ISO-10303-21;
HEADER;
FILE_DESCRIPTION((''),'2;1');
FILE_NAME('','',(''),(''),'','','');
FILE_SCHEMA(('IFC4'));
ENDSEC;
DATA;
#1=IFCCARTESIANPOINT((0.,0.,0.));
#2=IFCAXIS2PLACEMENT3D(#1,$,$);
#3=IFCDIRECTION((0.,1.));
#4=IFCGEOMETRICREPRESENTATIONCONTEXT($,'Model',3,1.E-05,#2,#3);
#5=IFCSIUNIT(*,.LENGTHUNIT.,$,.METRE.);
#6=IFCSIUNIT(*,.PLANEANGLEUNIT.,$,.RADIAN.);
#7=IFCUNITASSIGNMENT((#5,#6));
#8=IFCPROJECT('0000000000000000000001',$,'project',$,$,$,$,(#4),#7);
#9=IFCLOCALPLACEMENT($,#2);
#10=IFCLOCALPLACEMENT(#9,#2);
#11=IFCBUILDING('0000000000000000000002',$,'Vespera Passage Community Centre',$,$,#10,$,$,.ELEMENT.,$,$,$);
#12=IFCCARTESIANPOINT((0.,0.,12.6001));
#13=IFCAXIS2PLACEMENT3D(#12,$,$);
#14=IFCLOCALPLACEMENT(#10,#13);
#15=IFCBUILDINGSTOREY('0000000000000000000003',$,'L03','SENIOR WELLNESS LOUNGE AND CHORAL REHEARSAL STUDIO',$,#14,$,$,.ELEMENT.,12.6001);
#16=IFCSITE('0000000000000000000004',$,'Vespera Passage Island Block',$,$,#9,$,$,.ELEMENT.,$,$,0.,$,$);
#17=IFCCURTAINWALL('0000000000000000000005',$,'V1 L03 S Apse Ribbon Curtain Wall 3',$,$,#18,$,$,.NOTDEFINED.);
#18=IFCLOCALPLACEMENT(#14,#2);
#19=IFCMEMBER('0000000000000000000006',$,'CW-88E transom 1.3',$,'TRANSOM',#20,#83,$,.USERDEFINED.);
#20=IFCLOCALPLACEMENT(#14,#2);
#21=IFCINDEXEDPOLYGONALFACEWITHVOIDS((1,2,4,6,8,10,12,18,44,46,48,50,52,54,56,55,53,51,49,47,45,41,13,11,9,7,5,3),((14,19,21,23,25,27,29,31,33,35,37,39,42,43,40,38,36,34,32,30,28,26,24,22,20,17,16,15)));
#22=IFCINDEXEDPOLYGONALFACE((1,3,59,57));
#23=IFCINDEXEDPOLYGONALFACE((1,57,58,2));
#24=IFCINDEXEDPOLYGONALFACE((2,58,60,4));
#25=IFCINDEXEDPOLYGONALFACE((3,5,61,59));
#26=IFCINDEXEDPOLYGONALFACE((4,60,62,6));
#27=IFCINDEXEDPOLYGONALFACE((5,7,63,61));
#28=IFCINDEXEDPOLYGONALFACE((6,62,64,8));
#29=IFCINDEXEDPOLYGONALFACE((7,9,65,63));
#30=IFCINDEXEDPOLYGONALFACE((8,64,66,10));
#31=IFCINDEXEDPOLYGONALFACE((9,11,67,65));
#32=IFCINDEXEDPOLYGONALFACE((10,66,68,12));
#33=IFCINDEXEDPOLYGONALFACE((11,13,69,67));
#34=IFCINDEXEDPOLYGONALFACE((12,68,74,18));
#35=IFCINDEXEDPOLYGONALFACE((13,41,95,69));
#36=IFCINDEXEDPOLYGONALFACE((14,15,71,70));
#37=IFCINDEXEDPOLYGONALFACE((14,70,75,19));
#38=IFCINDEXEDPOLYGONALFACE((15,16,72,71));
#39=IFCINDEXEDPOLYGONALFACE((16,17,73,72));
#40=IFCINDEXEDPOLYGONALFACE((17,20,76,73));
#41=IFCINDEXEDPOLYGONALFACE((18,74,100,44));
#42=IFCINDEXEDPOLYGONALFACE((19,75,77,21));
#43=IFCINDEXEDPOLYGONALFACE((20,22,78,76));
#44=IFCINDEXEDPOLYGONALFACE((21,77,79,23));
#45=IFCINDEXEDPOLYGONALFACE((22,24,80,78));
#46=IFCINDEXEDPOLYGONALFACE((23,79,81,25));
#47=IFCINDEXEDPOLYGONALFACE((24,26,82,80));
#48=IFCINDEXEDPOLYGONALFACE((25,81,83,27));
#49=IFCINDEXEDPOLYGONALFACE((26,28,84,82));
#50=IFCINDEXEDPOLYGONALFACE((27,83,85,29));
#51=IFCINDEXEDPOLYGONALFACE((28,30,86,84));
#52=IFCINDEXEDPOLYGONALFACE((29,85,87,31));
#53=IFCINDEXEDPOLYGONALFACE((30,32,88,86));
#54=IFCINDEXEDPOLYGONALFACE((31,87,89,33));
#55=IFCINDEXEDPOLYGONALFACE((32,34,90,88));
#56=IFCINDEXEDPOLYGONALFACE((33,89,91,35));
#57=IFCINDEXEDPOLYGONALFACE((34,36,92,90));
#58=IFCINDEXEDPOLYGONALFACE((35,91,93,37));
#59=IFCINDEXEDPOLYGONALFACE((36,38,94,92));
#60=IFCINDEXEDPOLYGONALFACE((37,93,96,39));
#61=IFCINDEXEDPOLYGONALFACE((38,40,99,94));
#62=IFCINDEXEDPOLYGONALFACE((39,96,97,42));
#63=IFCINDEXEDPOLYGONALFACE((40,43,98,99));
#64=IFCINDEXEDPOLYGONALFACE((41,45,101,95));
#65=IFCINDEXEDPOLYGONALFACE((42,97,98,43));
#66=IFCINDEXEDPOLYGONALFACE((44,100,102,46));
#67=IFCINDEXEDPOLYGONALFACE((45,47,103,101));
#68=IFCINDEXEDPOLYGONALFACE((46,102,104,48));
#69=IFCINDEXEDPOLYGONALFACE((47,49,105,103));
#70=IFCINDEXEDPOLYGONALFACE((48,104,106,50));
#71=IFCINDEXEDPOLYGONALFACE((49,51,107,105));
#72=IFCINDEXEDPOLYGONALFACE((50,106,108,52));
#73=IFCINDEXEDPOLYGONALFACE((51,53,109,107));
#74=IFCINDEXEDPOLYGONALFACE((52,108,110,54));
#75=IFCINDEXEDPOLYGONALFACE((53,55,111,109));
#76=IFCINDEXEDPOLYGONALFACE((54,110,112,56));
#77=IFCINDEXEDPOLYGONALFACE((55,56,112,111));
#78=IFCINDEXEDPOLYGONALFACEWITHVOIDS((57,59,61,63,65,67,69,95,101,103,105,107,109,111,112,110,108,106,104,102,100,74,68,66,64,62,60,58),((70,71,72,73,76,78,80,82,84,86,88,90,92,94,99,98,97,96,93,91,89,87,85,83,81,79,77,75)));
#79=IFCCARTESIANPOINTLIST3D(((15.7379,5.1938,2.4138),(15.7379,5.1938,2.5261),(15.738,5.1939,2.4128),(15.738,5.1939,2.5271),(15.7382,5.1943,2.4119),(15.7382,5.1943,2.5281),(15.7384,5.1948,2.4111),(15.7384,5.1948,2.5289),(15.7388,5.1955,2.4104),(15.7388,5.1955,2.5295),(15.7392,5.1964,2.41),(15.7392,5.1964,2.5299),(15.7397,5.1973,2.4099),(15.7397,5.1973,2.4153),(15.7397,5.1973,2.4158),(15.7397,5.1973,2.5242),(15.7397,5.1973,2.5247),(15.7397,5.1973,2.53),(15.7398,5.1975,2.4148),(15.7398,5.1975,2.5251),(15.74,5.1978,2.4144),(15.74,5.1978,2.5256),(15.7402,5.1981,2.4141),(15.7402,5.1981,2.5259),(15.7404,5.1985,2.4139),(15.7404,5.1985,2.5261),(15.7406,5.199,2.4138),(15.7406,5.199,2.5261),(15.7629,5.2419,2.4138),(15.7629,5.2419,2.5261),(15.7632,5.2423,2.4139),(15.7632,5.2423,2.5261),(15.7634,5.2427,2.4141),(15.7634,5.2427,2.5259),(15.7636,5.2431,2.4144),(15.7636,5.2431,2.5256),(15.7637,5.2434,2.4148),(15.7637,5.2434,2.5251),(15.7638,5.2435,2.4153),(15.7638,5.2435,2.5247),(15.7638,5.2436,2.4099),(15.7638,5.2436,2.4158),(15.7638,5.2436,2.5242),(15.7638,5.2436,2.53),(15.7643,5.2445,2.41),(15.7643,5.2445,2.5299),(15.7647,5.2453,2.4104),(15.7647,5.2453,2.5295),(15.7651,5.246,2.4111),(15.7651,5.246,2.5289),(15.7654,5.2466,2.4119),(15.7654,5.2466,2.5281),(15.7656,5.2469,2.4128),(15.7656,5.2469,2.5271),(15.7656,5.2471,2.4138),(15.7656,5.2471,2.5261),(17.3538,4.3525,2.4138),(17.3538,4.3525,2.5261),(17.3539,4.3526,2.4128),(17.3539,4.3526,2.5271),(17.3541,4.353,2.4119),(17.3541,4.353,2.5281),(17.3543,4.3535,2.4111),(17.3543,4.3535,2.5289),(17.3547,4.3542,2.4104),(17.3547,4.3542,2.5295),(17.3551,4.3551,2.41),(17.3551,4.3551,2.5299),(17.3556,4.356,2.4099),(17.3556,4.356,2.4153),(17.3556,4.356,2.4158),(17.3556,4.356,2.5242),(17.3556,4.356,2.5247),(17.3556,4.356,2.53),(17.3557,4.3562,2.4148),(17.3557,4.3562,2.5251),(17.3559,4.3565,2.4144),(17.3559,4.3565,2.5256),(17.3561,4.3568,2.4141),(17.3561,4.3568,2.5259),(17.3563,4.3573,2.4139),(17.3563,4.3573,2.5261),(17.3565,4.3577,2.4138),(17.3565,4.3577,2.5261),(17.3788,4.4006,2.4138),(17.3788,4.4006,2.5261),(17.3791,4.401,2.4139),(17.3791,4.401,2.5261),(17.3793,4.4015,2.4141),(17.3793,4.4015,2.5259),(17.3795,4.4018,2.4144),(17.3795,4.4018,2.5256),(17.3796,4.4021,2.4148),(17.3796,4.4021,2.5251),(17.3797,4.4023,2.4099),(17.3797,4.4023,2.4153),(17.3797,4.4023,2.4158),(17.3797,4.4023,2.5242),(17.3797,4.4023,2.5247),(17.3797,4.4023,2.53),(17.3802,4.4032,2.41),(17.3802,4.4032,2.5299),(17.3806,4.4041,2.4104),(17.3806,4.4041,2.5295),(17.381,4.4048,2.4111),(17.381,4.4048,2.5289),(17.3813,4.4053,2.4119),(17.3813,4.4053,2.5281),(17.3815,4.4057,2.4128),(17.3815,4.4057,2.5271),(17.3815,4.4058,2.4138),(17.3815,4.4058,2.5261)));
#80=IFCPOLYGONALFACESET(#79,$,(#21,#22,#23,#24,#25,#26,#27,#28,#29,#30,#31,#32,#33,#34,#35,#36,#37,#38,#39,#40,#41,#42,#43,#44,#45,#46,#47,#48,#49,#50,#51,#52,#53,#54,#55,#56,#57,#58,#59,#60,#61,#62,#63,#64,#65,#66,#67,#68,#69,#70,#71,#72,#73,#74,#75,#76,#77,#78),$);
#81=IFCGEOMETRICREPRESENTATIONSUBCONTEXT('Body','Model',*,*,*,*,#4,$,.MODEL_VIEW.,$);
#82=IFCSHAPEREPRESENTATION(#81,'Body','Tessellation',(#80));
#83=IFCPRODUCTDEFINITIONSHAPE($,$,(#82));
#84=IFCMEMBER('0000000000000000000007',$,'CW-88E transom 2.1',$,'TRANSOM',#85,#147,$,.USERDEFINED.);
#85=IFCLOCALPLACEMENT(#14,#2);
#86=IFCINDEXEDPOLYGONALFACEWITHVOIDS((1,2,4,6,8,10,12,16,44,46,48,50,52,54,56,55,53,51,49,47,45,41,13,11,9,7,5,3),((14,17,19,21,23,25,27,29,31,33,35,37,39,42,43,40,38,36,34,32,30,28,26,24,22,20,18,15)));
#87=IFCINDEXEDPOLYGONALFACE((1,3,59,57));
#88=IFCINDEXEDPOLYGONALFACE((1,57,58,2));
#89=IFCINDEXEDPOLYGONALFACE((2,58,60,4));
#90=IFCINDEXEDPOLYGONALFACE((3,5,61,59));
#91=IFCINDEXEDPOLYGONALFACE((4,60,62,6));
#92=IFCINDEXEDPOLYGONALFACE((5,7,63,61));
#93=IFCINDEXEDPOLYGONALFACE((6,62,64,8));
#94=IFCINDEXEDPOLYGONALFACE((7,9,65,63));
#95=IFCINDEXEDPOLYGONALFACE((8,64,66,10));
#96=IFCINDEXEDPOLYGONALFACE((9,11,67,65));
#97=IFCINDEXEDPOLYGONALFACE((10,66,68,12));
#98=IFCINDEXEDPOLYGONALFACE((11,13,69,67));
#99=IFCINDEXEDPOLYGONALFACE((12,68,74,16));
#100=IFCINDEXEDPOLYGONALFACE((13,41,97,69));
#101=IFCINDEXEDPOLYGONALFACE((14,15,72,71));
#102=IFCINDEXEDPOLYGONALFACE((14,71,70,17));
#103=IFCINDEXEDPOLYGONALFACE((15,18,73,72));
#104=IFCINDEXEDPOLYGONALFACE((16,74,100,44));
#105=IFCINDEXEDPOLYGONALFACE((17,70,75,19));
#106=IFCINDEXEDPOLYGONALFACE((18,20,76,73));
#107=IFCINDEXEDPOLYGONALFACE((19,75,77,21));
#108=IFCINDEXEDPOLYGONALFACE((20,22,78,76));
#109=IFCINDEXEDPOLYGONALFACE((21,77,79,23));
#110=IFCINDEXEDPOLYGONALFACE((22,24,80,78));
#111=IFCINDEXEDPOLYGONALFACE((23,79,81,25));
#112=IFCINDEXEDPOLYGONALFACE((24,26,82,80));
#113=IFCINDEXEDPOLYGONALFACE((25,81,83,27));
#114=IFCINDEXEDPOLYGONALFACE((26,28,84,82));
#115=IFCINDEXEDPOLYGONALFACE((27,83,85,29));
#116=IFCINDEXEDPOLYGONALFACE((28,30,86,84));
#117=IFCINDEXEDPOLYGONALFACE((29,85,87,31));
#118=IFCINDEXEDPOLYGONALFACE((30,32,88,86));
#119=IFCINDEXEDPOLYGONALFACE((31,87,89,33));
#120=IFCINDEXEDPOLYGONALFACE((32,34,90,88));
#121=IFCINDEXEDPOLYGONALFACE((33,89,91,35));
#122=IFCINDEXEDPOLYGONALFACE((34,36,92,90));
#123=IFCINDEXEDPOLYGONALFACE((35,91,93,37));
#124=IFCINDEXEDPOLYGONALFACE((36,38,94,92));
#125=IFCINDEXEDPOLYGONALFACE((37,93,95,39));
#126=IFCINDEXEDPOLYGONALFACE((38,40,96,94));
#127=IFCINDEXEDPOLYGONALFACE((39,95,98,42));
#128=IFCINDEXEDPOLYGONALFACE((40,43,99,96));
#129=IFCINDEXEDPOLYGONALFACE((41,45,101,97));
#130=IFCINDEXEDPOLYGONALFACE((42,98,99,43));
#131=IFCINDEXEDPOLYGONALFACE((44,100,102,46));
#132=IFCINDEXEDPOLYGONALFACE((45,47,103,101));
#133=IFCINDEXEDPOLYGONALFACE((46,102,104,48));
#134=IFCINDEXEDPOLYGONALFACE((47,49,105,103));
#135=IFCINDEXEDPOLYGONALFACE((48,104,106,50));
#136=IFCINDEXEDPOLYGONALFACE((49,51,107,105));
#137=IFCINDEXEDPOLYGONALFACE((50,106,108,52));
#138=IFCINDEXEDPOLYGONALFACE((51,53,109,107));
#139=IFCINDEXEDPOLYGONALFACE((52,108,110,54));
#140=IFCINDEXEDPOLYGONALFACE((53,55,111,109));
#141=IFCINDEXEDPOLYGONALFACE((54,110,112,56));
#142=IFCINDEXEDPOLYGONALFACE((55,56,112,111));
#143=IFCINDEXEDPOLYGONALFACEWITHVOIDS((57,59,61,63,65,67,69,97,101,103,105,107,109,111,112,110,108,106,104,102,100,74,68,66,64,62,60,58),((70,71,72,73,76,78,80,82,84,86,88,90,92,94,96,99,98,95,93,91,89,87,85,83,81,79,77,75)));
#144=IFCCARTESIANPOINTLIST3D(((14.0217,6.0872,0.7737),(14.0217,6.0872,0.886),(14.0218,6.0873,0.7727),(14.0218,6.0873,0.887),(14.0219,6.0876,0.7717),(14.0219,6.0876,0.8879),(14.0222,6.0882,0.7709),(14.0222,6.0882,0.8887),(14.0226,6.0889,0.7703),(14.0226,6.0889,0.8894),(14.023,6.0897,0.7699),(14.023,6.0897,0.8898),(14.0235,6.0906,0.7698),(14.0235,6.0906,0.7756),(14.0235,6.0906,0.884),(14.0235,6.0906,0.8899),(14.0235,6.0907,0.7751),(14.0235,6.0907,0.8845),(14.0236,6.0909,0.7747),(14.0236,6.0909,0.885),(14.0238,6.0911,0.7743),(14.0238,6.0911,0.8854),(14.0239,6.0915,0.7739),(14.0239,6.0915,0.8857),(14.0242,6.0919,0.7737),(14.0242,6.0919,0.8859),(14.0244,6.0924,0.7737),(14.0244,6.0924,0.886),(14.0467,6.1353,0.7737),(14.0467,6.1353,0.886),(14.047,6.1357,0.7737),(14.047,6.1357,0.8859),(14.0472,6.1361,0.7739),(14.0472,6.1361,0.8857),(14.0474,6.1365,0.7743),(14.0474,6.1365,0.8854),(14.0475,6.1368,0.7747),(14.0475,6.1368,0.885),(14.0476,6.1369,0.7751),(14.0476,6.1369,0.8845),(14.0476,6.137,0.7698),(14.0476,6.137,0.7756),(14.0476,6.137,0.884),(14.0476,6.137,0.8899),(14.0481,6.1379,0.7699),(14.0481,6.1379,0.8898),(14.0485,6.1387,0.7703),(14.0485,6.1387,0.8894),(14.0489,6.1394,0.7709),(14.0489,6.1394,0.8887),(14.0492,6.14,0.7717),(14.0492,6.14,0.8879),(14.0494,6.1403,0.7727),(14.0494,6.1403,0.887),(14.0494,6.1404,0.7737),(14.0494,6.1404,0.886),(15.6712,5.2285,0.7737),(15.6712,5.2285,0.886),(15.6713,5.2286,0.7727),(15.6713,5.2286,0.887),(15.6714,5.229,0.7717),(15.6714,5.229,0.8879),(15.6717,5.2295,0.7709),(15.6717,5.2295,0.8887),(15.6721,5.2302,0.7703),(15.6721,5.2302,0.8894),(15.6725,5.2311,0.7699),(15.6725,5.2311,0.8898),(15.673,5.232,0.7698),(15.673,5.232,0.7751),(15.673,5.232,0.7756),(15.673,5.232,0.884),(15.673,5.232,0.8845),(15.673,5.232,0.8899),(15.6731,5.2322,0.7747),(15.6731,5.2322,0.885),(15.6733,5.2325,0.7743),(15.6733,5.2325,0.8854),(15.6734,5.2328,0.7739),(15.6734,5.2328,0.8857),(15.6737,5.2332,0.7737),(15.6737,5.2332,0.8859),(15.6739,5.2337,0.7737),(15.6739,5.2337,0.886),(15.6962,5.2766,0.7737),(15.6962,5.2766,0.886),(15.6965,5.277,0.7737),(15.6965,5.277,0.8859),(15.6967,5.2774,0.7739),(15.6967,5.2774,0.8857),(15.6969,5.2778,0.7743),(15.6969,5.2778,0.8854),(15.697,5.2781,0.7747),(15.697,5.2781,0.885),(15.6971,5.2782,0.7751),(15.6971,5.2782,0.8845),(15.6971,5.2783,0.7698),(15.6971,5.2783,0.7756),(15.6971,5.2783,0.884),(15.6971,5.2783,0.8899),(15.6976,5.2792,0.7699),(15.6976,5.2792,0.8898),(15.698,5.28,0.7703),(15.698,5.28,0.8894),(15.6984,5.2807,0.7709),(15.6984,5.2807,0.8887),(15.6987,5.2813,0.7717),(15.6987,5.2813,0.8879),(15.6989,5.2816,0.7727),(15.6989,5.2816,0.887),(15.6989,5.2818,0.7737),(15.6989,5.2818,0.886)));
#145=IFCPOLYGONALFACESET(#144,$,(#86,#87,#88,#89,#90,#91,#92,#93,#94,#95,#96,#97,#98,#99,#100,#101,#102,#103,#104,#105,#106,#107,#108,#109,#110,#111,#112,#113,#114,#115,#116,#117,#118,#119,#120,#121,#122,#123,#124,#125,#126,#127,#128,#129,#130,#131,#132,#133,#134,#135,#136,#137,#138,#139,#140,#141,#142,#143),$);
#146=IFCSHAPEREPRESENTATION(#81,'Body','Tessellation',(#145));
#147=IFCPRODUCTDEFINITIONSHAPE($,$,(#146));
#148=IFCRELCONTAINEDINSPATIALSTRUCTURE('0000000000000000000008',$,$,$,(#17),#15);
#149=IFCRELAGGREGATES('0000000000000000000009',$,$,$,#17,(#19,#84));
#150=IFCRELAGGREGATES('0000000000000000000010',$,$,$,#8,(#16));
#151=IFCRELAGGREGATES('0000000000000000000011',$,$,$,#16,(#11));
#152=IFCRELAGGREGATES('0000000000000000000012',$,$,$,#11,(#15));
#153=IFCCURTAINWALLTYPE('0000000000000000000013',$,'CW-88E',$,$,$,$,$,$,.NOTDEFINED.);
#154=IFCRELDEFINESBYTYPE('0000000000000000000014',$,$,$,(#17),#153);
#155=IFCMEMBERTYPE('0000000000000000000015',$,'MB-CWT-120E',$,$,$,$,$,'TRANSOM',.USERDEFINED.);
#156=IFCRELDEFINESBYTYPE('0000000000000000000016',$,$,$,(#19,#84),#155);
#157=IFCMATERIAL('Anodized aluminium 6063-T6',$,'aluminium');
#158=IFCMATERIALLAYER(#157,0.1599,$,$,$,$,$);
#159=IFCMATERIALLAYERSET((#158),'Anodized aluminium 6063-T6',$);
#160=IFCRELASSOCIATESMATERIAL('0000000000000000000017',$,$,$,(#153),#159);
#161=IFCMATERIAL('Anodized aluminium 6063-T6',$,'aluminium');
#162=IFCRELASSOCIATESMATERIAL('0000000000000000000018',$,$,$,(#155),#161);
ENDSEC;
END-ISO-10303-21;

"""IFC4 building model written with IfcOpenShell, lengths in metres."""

from ifc_helpers import new_model, si_unit, direction, frame, origin, origin_2d, place, context, subcontext, project, spatial, hollow_rectangle, extrude, material, layer, layer_set, material_profile, profile_set, type_object, element, aggregate, save


model = new_model("IFC4")

# Units and contexts
model_context = context("Model", 3, precision=1e-05, world=origin(), true_north=direction((0.0, 1.0)))
body_context = subcontext(model_context, "Body", "Model", "MODEL_VIEW")
ifc_project = project(units=[si_unit("LENGTHUNIT", "METRE"), si_unit("PLANEANGLEUNIT", "RADIAN")], contexts=[model_context])

# Site, building, storey
site_placement = place(None, origin())
site = spatial("IfcSite", under=ifc_project, at=site_placement, Name="Vespera Passage Island Block", CompositionType="ELEMENT", RefElevation=0.0)
building_placement = place(site_placement, origin())
building = spatial("IfcBuilding", under=site, at=building_placement, Name="Vespera Passage Community Centre", CompositionType="ELEMENT")
storey_placement = place(building_placement, frame((0.0, 0.0, 12.6001)))
storey = spatial("IfcBuildingStorey", under=building, at=storey_placement, Name="L03", Description="SENIOR WELLNESS LOUNGE AND CHORAL REHEARSAL STUDIO", CompositionType="ELEMENT", Elevation=12.6001)

# Curtain wall
ifc_material_1 = material(Name="Anodized aluminium 6063-T6", Category="aluminium")
ifc_layer_1 = layer(ifc_material_1, 0.1599)
ifc_layer_set_1 = layer_set([ifc_layer_1], Name="Anodized aluminium 6063-T6")
curtain_wall_type = type_object("IfcCurtainWallType", Name="CW-88E", PredefinedType="NOTDEFINED", material=ifc_layer_set_1)
curtain_wall_1_placement = place(storey_placement, origin())
curtain_wall_1 = element("IfcCurtainWall", 1, at=curtain_wall_1_placement, inside=storey, type_object=curtain_wall_type, Name="V1 L03 S Apse Ribbon Curtain Wall 3", PredefinedType="NOTDEFINED")

# Members
ifc_material_2 = material(Name="Anodized aluminium 6063-T6", Category="aluminium")
ifc_material_profile_1 = material_profile(ifc_material_2, hollow_rectangle(XDim=0.0601, YDim=0.1201, WallThickness=0.0039, InnerFilletRadius=0.002, OuterFilletRadius=0.0039, at=origin_2d()), Name="ALU120X60X4")
ifc_profile_set_1 = profile_set([ifc_material_profile_1], Name="Anodized aluminium 6063-T6")
member_type_1 = type_object("IfcMemberType", Name="MB-CWT-120E", ElementType="TRANSOM", PredefinedType="USERDEFINED", material=ifc_profile_set_1)
member_1_placement = place(storey_placement, frame((17.3677, 4.3792, 2.47), z_axis=(-0.886991, 0.461787, 0.0), x_axis=(-0.461787, -0.886991, 0.0)))
member_1 = element("IfcMember", 2, at=member_1_placement, type_object=member_type_1, Name="CW-88E transom 1.3", ObjectType="TRANSOM", PredefinedType="USERDEFINED", context=body_context, shape_type="SweptSolid", body=[
    extrude(hollow_rectangle(XDim=0.0601, YDim=0.1201, WallThickness=0.0039, InnerFilletRadius=0.002, OuterFilletRadius=0.0039, at=origin_2d()), origin(), (0.0, 0.0, 1.0), 1.8218),
])
member_2_placement = place(storey_placement, frame((15.6851, 5.2551, 0.8298), z_axis=(-0.887008, 0.461754, 0.0), x_axis=(-0.461754, -0.887008, 0.0)))
member_2 = element("IfcMember", 3, at=member_2_placement, type_object=member_type_1, Name="CW-88E transom 2.1", ObjectType="TRANSOM", PredefinedType="USERDEFINED", context=body_context, shape_type="SweptSolid", body=[
    extrude(hollow_rectangle(XDim=0.0601, YDim=0.1201, WallThickness=0.0039, InnerFilletRadius=0.002, OuterFilletRadius=0.0039, at=origin_2d()), origin(), (0.0, 0.0, 1.0), 1.8596),
])

aggregate(curtain_wall_1, [member_1, member_2])

save(model, "model.ifc")
